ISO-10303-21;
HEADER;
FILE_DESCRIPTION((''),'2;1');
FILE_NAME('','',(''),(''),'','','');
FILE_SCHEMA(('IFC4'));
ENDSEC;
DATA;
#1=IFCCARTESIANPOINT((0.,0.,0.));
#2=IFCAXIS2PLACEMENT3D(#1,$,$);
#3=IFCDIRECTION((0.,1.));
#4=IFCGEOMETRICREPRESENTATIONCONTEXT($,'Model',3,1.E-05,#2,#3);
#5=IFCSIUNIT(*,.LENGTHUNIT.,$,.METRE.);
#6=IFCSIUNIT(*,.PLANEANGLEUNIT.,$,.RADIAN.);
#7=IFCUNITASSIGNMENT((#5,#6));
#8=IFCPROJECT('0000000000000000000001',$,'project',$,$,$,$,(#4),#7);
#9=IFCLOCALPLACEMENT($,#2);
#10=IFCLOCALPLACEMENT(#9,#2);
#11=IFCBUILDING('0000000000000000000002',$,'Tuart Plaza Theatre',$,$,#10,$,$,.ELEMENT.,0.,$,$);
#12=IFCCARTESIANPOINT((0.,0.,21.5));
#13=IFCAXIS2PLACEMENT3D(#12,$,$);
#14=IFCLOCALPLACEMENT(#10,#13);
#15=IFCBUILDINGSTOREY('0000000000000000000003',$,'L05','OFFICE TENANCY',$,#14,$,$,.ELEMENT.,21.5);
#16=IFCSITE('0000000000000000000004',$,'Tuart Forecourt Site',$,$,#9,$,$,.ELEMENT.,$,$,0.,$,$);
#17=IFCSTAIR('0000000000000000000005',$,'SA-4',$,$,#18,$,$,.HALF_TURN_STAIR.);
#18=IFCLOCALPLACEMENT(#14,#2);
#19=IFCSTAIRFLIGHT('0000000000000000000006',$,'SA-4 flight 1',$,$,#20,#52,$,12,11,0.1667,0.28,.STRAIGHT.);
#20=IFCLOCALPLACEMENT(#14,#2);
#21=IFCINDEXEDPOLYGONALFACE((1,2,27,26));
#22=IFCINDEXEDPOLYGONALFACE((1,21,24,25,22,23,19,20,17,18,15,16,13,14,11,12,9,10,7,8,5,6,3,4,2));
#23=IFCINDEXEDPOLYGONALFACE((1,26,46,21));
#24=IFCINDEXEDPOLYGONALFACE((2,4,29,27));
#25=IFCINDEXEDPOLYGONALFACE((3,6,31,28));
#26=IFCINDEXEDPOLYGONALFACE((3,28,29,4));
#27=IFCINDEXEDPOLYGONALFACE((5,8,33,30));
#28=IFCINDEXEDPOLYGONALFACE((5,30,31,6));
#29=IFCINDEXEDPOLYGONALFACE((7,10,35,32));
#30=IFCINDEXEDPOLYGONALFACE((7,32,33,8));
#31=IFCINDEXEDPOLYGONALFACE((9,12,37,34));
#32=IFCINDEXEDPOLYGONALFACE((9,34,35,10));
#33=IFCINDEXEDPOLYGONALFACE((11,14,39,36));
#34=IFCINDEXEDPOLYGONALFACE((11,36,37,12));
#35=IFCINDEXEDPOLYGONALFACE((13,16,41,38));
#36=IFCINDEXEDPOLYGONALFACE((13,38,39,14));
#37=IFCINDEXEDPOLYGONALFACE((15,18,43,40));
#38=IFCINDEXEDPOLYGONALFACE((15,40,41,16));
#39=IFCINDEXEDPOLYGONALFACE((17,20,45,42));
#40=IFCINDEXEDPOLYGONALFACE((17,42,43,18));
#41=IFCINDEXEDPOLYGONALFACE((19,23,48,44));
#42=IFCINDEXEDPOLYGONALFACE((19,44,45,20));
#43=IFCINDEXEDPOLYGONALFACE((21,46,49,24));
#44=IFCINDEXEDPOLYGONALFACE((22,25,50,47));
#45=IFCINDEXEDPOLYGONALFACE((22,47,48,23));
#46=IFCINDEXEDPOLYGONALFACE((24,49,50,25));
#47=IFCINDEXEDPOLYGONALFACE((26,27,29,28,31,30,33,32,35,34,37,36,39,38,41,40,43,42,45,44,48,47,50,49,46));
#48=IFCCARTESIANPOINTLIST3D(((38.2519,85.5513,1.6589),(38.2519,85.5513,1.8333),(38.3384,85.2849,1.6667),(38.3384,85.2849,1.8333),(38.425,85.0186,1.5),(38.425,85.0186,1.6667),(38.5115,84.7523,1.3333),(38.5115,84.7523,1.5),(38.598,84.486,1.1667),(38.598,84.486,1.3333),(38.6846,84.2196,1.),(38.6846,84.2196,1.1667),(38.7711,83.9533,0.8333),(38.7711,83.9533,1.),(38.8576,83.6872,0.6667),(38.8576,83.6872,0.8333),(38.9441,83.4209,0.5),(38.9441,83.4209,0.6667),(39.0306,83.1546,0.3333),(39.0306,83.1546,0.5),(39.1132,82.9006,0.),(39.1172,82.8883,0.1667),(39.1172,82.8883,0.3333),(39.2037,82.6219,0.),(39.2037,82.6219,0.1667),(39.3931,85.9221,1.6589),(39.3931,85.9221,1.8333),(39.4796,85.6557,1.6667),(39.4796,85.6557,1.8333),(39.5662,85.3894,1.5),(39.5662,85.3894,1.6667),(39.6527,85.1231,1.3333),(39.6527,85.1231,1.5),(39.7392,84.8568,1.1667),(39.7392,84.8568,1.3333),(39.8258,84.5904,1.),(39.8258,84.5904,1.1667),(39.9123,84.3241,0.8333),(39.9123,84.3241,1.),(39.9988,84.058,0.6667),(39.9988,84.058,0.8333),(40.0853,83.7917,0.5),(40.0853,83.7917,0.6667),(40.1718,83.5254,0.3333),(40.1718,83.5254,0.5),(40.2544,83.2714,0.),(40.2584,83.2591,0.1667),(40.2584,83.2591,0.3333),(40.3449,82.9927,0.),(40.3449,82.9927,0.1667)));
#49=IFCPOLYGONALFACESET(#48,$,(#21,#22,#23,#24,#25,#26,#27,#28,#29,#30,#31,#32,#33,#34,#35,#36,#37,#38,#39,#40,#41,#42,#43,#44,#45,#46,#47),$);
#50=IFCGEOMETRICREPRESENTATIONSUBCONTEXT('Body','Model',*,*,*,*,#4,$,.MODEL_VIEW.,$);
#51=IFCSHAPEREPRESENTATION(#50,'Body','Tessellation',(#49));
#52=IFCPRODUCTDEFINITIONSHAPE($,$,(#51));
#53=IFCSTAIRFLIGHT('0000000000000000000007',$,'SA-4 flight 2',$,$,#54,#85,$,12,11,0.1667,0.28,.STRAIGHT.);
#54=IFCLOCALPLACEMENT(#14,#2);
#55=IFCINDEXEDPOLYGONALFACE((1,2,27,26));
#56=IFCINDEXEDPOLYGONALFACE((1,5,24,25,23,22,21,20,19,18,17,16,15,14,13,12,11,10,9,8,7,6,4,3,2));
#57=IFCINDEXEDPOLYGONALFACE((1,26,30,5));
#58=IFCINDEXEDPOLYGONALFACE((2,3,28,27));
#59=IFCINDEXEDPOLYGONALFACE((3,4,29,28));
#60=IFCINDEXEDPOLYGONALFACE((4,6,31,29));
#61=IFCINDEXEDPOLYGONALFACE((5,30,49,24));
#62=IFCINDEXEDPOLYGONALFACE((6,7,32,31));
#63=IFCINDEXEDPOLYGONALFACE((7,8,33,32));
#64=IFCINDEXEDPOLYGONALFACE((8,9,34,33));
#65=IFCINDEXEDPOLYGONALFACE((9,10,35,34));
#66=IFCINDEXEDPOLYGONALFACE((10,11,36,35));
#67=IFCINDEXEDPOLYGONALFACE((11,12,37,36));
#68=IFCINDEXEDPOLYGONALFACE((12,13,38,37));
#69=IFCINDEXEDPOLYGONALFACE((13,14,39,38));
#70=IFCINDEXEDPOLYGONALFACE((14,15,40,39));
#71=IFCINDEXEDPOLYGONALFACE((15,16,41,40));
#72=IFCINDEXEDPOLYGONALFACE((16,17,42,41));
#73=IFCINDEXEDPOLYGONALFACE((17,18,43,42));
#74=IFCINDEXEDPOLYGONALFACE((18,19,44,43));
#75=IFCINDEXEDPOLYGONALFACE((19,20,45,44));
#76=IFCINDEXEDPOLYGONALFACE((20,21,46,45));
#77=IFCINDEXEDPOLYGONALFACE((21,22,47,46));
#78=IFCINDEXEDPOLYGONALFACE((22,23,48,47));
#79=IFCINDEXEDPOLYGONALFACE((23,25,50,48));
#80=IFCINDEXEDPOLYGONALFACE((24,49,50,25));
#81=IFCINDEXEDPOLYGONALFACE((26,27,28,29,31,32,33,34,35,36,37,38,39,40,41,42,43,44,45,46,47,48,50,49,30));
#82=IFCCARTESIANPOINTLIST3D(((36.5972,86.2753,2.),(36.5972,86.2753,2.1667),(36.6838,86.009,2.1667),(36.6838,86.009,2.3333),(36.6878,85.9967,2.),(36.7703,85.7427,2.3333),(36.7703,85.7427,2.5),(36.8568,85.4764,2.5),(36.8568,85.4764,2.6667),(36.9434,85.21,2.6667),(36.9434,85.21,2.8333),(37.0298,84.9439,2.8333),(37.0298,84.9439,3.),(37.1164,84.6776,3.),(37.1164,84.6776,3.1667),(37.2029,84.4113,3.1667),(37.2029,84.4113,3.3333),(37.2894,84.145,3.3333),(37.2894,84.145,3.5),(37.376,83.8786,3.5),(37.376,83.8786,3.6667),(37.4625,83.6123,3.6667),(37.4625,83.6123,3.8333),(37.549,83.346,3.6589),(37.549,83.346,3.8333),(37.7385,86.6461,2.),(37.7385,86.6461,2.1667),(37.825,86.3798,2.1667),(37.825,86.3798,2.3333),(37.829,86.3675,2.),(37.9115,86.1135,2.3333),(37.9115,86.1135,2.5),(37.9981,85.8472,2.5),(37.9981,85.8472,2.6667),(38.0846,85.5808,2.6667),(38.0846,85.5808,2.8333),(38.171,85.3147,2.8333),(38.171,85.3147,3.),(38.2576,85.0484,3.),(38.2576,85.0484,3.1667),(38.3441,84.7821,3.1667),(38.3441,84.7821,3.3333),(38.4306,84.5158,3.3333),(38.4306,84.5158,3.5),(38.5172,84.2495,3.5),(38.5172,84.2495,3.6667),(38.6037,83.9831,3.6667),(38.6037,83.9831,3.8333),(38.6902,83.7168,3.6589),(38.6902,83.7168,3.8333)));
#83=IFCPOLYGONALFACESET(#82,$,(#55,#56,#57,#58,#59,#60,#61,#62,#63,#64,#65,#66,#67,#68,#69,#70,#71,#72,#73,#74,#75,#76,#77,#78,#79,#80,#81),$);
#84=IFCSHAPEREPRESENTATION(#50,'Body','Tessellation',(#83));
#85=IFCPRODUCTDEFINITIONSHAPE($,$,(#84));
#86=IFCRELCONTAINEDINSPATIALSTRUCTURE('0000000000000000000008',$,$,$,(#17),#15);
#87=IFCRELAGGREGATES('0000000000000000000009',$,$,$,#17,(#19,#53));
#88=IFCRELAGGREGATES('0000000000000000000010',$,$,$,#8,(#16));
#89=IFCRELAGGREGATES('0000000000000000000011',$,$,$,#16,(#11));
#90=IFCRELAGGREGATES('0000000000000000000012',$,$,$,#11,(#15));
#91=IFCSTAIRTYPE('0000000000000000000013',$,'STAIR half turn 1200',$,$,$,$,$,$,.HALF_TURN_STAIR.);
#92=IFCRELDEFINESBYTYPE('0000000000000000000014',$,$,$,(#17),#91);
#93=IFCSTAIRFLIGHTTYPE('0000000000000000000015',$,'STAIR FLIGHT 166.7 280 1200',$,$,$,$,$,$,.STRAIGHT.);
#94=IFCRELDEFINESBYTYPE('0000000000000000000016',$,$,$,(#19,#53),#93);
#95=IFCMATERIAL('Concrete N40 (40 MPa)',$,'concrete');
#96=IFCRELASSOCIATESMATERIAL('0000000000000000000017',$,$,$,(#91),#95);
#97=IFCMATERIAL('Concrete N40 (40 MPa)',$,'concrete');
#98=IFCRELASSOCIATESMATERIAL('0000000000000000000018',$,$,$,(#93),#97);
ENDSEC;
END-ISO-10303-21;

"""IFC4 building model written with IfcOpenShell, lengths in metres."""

from ifc_helpers import new_model, si_unit, direction, frame, origin, place, context, subcontext, project, spatial, polyline, outline, extrude, material, type_object, element, aggregate, save


model = new_model("IFC4")

# Units and contexts
model_context = context("Model", 3, precision=1e-05, world=origin(), true_north=direction((0.0, 1.0)))
body_context = subcontext(model_context, "Body", "Model", "MODEL_VIEW")
ifc_project = project(units=[si_unit("LENGTHUNIT", "METRE"), si_unit("PLANEANGLEUNIT", "RADIAN")], contexts=[model_context])

# Site, building, storey
site_placement = place(None, origin())
site = spatial("IfcSite", under=ifc_project, at=site_placement, Name="Tuart Forecourt Site", CompositionType="ELEMENT", RefElevation=0.0)
building_placement = place(site_placement, origin())
building = spatial("IfcBuilding", under=site, at=building_placement, Name="Tuart Plaza Theatre", CompositionType="ELEMENT", ElevationOfRefHeight=0.0)
storey_placement = place(building_placement, frame((0.0, 0.0, 21.5)))
storey = spatial("IfcBuildingStorey", under=building, at=storey_placement, Name="L05", Description="OFFICE TENANCY", CompositionType="ELEMENT", Elevation=21.5)

# Stair, stair flights
ifc_material_1 = material(Name="Concrete N40 (40 MPa)", Category="concrete")
stair_type = type_object("IfcStairType", Name="STAIR half turn 1200", PredefinedType="HALF_TURN_STAIR", material=ifc_material_1)
stair_placement = place(storey_placement, origin())
stair = element("IfcStair", 1, at=stair_placement, inside=storey, type_object=stair_type, Name="SA-4", PredefinedType="HALF_TURN_STAIR")
ifc_material_2 = material(Name="Concrete N40 (40 MPa)", Category="concrete")
stair_flight_type = type_object("IfcStairFlightType", Name="STAIR FLIGHT 166.7 280 1200", PredefinedType="STRAIGHT", material=ifc_material_2)
stair_flight_1_placement = place(storey_placement, frame((39.7744, 82.8074, 0.0), z_axis=(0.0, 0.0, 1.0), x_axis=(-0.309017, 0.951057, 0.0)))
stair_flight_1 = element("IfcStairFlight", 2, at=stair_flight_1_placement, type_object=stair_flight_type, Name="SA-4 flight 1", NumberOfRisers=12, NumberOfTreads=11, PredefinedType="STRAIGHT", RiserHeight=0.1667, TreadLength=0.28, context=body_context, shape_type="SweptSolid", body=[
    extrude(outline(polyline([(0.0, 0.0), (0.0, 0.1667), (0.28, 0.1667), (0.28, 0.3333), (0.5601, 0.3333), (0.5601, 0.5), (0.8401, 0.5), (0.8401, 0.6667), (1.1201, 0.6667), (1.1201, 0.8333), (1.3999, 0.8333), (1.3999, 1.0), (1.6799, 1.0), (1.6799, 1.1667), (1.96, 1.1667), (1.96, 1.3333), (2.24, 1.3333), (2.24, 1.5), (2.52, 1.5), (2.52, 1.6667), (2.8, 1.6667), (2.8, 1.8333), (3.0801, 1.8333), (3.0801, 2.0), (3.0801, 1.6589), (0.293, 0.0), (0.0, 0.0)])), frame((0.0, 0.6001, 0.0), z_axis=(0.0, -1.0, 0.0), x_axis=(1.0, 0.0, 0.0)), (0.0, 0.0, 1.0), 1.2),
])
stair_flight_2_placement = place(storey_placement, frame((37.1677, 86.4607, 2.0), z_axis=(0.0, 0.0, 1.0), x_axis=(0.309017, -0.951057, 0.0)))
stair_flight_2 = element("IfcStairFlight", 3, at=stair_flight_2_placement, type_object=stair_flight_type, Name="SA-4 flight 2", NumberOfRisers=12, NumberOfTreads=11, PredefinedType="STRAIGHT", RiserHeight=0.1667, TreadLength=0.28, context=body_context, shape_type="SweptSolid", body=[
    extrude(outline(polyline([(0.0, 0.0), (0.0, 0.1667), (0.28, 0.1667), (0.28, 0.3333), (0.5601, 0.3333), (0.5601, 0.5), (0.8401, 0.5), (0.8401, 0.6667), (1.1201, 0.6667), (1.1201, 0.8333), (1.3999, 0.8333), (1.3999, 1.0), (1.6799, 1.0), (1.6799, 1.1667), (1.96, 1.1667), (1.96, 1.3333), (2.24, 1.3333), (2.24, 1.5), (2.52, 1.5), (2.52, 1.6667), (2.8, 1.6667), (2.8, 1.8333), (3.0801, 1.8333), (3.0801, 2.0), (3.0801, 1.6589), (0.293, 0.0), (0.0, 0.0)])), frame((0.0, 0.6001, 0.0), z_axis=(0.0, -1.0, 0.0), x_axis=(1.0, 0.0, 0.0)), (0.0, 0.0, 1.0), 1.2),
])
aggregate(stair, [stair_flight_1, stair_flight_2])

save(model, "model.ifc")
